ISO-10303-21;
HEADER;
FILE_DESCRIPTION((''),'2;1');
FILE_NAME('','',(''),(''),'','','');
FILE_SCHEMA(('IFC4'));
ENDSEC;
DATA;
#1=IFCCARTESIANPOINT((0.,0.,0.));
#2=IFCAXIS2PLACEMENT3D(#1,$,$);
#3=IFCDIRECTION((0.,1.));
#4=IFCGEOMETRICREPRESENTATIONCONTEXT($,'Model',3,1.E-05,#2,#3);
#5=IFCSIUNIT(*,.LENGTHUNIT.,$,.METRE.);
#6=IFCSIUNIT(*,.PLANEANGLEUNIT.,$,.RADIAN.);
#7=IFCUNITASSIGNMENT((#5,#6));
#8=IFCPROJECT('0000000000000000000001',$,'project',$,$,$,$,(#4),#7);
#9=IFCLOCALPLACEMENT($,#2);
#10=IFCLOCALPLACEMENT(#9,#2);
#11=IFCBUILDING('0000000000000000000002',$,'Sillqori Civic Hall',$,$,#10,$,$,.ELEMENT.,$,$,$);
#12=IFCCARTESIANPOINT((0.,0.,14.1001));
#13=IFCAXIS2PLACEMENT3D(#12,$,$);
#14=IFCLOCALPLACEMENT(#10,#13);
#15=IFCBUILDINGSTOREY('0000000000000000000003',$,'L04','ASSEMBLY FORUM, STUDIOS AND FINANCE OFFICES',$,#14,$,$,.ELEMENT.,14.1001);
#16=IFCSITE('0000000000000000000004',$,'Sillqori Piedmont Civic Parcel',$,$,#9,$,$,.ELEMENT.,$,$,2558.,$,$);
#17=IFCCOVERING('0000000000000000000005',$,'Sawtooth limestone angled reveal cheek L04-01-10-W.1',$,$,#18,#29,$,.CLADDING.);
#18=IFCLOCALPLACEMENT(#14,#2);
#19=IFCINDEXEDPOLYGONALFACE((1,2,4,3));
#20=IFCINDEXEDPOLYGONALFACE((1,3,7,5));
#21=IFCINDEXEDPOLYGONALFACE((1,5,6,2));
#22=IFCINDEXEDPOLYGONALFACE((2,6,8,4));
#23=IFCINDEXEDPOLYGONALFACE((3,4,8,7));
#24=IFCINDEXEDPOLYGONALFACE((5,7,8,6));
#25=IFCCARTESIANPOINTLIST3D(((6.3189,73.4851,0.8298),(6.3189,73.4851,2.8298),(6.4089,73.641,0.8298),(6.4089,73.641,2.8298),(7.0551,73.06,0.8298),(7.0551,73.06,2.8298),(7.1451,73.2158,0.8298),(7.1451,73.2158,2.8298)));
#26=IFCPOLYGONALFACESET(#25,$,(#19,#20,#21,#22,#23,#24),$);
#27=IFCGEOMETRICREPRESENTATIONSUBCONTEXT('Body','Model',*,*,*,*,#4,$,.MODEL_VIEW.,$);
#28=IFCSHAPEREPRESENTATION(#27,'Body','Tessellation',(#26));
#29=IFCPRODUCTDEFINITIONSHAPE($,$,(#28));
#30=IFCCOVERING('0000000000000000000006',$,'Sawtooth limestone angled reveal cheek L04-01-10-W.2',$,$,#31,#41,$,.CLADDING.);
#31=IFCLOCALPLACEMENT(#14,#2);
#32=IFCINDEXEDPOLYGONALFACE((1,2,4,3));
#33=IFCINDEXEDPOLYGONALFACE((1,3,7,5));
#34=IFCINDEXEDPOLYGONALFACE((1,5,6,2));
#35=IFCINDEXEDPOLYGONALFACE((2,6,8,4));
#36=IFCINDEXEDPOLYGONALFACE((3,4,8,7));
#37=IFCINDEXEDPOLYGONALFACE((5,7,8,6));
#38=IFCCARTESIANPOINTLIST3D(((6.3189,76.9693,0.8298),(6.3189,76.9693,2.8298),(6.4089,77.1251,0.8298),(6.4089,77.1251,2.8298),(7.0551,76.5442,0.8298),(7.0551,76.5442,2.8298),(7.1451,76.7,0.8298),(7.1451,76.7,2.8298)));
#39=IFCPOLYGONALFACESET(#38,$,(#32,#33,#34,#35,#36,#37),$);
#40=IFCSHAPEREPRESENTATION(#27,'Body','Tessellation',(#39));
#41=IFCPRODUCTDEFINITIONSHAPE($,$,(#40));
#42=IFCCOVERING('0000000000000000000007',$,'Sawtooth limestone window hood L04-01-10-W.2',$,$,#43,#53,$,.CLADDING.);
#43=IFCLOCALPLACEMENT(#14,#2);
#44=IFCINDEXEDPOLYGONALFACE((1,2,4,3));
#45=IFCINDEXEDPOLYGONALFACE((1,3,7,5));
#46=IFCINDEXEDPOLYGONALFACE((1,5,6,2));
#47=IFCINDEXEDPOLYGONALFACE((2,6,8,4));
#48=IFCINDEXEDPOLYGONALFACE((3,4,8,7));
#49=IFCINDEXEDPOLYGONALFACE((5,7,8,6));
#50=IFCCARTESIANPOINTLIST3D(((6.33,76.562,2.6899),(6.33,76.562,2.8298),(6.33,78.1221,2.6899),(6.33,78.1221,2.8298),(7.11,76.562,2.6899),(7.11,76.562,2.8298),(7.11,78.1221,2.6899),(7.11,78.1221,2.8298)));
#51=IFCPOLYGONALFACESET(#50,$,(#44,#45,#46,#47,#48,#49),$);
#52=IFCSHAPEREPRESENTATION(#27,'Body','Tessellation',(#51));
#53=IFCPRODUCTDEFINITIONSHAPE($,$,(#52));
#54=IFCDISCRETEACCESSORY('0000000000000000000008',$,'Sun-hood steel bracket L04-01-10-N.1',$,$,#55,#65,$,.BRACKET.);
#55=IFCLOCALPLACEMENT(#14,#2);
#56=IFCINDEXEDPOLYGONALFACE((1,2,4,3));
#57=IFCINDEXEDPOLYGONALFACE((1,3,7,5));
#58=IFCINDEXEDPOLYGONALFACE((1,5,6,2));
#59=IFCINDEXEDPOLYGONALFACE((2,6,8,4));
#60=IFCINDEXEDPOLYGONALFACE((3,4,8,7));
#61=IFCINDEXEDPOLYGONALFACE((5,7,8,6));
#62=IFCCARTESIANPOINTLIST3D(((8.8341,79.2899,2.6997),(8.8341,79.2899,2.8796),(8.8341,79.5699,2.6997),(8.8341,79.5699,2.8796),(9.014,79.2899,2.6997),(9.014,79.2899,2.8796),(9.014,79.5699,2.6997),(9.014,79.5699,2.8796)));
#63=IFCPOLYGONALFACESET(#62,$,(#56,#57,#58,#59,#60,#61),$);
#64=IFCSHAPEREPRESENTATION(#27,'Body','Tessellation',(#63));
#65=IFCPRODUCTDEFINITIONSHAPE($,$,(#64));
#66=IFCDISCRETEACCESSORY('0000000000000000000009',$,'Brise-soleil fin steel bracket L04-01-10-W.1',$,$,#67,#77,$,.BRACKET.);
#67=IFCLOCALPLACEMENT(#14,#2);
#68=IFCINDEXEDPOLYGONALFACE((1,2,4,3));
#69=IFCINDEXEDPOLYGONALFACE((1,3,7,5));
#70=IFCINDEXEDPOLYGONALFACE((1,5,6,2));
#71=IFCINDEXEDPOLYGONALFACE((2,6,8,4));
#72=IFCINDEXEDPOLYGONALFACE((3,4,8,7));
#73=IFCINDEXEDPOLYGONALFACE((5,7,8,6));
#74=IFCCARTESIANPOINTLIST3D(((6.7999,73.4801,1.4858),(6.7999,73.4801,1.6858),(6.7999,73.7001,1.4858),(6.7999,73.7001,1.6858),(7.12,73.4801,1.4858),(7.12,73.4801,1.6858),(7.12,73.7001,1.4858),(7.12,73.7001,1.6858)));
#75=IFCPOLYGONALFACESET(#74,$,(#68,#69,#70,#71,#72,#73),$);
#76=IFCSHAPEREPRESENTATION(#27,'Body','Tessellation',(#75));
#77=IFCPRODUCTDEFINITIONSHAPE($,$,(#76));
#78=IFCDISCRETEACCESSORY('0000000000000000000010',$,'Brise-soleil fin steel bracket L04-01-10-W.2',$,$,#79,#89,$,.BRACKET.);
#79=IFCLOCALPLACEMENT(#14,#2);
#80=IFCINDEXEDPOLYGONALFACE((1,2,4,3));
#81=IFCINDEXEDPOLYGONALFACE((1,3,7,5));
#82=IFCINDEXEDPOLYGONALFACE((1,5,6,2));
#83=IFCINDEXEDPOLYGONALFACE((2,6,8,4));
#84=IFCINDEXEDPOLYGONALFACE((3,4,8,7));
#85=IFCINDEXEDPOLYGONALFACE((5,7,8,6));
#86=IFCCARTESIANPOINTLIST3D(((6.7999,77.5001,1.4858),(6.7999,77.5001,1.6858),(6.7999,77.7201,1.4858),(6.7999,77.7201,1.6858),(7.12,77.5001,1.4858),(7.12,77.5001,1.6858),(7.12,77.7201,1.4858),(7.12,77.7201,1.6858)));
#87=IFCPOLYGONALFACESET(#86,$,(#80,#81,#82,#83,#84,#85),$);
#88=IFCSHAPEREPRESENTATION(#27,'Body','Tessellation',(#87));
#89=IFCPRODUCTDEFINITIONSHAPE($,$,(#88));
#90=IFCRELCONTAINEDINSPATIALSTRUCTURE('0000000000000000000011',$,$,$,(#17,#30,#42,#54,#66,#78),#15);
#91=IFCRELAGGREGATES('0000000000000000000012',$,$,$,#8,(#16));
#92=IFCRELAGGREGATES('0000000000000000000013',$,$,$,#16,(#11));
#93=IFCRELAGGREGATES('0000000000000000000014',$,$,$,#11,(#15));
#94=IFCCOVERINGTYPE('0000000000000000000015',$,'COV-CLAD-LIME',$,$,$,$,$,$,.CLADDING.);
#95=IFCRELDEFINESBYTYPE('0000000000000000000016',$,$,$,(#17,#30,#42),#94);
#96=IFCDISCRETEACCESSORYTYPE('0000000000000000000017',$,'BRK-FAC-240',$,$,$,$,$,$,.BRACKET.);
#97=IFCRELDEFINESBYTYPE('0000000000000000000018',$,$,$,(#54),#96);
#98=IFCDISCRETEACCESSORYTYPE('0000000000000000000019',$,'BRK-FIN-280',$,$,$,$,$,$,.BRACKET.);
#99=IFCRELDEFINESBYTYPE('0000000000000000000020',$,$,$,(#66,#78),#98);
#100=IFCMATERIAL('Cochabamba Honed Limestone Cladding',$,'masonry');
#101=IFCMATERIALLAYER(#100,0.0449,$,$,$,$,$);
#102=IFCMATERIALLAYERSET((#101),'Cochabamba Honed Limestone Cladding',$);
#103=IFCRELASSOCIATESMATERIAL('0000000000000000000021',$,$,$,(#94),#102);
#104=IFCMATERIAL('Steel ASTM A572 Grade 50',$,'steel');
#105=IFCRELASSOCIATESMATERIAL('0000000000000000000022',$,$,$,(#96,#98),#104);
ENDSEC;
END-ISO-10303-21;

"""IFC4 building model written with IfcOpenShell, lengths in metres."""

from ifc_helpers import new_model, si_unit, direction, frame, frame_2d, origin, origin_2d, place, context, subcontext, project, spatial, rectangle, extrude, material, layer, layer_set, type_object, element, save


model = new_model("IFC4")

# Units and contexts
model_context = context("Model", 3, precision=1e-05, world=origin(), true_north=direction((0.0, 1.0)))
body_context = subcontext(model_context, "Body", "Model", "MODEL_VIEW")
ifc_project = project(units=[si_unit("LENGTHUNIT", "METRE"), si_unit("PLANEANGLEUNIT", "RADIAN")], contexts=[model_context])

# Site, building, storey
site_placement = place(None, origin())
site = spatial("IfcSite", under=ifc_project, at=site_placement, Name="Sillqori Piedmont Civic Parcel", CompositionType="ELEMENT", RefElevation=2558.0)
building_placement = place(site_placement, origin())
building = spatial("IfcBuilding", under=site, at=building_placement, Name="Sillqori Civic Hall", CompositionType="ELEMENT")
storey_placement = place(building_placement, frame((0.0, 0.0, 14.1001)))
storey = spatial("IfcBuildingStorey", under=building, at=storey_placement, Name="L04", Description="ASSEMBLY FORUM, STUDIOS AND FINANCE OFFICES", CompositionType="ELEMENT", Elevation=14.1001)

# Coverings
ifc_material_1 = material(Name="Cochabamba Honed Limestone Cladding", Category="masonry")
ifc_layer_1 = layer(ifc_material_1, 0.0449)
ifc_layer_set_1 = layer_set([ifc_layer_1], Name="Cochabamba Honed Limestone Cladding")
covering_type = type_object("IfcCoveringType", Name="COV-CLAD-LIME", PredefinedType="CLADDING", material=ifc_layer_set_1)
for number, where, z_axis, x_axis, name in (
    (1, (7.1001, 73.1379, 0.8298), (0.0, 0.0, 1.0), (-0.865989, 0.500062, 0.0), "Sawtooth limestone angled reveal cheek L04-01-10-W.1"),
    (2, (7.1001, 76.6221, 0.8298), (0.0, 0.0, 1.0), (-0.865989, 0.500062, 0.0), "Sawtooth limestone angled reveal cheek L04-01-10-W.2"),
):
    element("IfcCovering", number, at=place(storey_placement, frame(where, z_axis=z_axis, x_axis=x_axis)), inside=storey, type_object=covering_type, Name=name, PredefinedType="CLADDING", context=body_context, shape_type="SweptSolid", body=[
        extrude(rectangle(XDim=0.8501, YDim=0.1799, at=frame_2d((0.425, 0.0))), origin(), (0.0, 0.0, 1.0), 2.0),
    ])
covering_1_placement = place(storey_placement, frame((6.72, 76.562, 2.6899), z_axis=(0.0, 0.0, 1.0), x_axis=(0.0, 1.0, 0.0)))
element("IfcCovering", 3, at=covering_1_placement, inside=storey, type_object=covering_type, Name="Sawtooth limestone window hood L04-01-10-W.2", PredefinedType="CLADDING", context=body_context, shape_type="SweptSolid", body=[
    extrude(rectangle(XDim=1.5601, YDim=0.78, at=frame_2d((0.78, 0.0))), origin(), (0.0, 0.0, 1.0), 0.1399),
])

# Discrete accessories
ifc_material_2 = material(Name="Steel ASTM A572 Grade 50", Category="steel")
discrete_accessory_type_1 = type_object("IfcDiscreteAccessoryType", Name="BRK-FAC-240", PredefinedType="BRACKET", material=ifc_material_2)
discrete_accessory_placement = place(storey_placement, frame((8.9241, 79.4299, 2.6997), z_axis=(0.0, 0.0, 1.0), x_axis=(1.0, 0.0, 0.0)))
element("IfcDiscreteAccessory", 4, at=discrete_accessory_placement, inside=storey, type_object=discrete_accessory_type_1, Name="Sun-hood steel bracket L04-01-10-N.1", PredefinedType="BRACKET", context=body_context, shape_type="SweptSolid", body=[
    extrude(rectangle(XDim=0.1799, YDim=0.28, at=origin_2d()), origin(), (0.0, 0.0, 1.0), 0.1799),
])
discrete_accessory_type_2 = type_object("IfcDiscreteAccessoryType", Name="BRK-FIN-280", PredefinedType="BRACKET", material=ifc_material_2)
for number, where, z_axis, x_axis, name in (
    (5, (6.96, 73.5901, 1.4858), (0.0, 0.0, 1.0), (0.0, 1.0, 0.0), "Brise-soleil fin steel bracket L04-01-10-W.1"),
    (6, (6.96, 77.6101, 1.4858), (0.0, 0.0, 1.0), (0.0, 1.0, 0.0), "Brise-soleil fin steel bracket L04-01-10-W.2"),
):
    element("IfcDiscreteAccessory", number, at=place(storey_placement, frame(where, z_axis=z_axis, x_axis=x_axis)), inside=storey, type_object=discrete_accessory_type_2, Name=name, PredefinedType="BRACKET", context=body_context, shape_type="SweptSolid", body=[
        extrude(rectangle(XDim=0.22, YDim=0.3201, at=origin_2d()), origin(), (0.0, 0.0, 1.0), 0.2),
    ])

save(model, "model.ifc")
